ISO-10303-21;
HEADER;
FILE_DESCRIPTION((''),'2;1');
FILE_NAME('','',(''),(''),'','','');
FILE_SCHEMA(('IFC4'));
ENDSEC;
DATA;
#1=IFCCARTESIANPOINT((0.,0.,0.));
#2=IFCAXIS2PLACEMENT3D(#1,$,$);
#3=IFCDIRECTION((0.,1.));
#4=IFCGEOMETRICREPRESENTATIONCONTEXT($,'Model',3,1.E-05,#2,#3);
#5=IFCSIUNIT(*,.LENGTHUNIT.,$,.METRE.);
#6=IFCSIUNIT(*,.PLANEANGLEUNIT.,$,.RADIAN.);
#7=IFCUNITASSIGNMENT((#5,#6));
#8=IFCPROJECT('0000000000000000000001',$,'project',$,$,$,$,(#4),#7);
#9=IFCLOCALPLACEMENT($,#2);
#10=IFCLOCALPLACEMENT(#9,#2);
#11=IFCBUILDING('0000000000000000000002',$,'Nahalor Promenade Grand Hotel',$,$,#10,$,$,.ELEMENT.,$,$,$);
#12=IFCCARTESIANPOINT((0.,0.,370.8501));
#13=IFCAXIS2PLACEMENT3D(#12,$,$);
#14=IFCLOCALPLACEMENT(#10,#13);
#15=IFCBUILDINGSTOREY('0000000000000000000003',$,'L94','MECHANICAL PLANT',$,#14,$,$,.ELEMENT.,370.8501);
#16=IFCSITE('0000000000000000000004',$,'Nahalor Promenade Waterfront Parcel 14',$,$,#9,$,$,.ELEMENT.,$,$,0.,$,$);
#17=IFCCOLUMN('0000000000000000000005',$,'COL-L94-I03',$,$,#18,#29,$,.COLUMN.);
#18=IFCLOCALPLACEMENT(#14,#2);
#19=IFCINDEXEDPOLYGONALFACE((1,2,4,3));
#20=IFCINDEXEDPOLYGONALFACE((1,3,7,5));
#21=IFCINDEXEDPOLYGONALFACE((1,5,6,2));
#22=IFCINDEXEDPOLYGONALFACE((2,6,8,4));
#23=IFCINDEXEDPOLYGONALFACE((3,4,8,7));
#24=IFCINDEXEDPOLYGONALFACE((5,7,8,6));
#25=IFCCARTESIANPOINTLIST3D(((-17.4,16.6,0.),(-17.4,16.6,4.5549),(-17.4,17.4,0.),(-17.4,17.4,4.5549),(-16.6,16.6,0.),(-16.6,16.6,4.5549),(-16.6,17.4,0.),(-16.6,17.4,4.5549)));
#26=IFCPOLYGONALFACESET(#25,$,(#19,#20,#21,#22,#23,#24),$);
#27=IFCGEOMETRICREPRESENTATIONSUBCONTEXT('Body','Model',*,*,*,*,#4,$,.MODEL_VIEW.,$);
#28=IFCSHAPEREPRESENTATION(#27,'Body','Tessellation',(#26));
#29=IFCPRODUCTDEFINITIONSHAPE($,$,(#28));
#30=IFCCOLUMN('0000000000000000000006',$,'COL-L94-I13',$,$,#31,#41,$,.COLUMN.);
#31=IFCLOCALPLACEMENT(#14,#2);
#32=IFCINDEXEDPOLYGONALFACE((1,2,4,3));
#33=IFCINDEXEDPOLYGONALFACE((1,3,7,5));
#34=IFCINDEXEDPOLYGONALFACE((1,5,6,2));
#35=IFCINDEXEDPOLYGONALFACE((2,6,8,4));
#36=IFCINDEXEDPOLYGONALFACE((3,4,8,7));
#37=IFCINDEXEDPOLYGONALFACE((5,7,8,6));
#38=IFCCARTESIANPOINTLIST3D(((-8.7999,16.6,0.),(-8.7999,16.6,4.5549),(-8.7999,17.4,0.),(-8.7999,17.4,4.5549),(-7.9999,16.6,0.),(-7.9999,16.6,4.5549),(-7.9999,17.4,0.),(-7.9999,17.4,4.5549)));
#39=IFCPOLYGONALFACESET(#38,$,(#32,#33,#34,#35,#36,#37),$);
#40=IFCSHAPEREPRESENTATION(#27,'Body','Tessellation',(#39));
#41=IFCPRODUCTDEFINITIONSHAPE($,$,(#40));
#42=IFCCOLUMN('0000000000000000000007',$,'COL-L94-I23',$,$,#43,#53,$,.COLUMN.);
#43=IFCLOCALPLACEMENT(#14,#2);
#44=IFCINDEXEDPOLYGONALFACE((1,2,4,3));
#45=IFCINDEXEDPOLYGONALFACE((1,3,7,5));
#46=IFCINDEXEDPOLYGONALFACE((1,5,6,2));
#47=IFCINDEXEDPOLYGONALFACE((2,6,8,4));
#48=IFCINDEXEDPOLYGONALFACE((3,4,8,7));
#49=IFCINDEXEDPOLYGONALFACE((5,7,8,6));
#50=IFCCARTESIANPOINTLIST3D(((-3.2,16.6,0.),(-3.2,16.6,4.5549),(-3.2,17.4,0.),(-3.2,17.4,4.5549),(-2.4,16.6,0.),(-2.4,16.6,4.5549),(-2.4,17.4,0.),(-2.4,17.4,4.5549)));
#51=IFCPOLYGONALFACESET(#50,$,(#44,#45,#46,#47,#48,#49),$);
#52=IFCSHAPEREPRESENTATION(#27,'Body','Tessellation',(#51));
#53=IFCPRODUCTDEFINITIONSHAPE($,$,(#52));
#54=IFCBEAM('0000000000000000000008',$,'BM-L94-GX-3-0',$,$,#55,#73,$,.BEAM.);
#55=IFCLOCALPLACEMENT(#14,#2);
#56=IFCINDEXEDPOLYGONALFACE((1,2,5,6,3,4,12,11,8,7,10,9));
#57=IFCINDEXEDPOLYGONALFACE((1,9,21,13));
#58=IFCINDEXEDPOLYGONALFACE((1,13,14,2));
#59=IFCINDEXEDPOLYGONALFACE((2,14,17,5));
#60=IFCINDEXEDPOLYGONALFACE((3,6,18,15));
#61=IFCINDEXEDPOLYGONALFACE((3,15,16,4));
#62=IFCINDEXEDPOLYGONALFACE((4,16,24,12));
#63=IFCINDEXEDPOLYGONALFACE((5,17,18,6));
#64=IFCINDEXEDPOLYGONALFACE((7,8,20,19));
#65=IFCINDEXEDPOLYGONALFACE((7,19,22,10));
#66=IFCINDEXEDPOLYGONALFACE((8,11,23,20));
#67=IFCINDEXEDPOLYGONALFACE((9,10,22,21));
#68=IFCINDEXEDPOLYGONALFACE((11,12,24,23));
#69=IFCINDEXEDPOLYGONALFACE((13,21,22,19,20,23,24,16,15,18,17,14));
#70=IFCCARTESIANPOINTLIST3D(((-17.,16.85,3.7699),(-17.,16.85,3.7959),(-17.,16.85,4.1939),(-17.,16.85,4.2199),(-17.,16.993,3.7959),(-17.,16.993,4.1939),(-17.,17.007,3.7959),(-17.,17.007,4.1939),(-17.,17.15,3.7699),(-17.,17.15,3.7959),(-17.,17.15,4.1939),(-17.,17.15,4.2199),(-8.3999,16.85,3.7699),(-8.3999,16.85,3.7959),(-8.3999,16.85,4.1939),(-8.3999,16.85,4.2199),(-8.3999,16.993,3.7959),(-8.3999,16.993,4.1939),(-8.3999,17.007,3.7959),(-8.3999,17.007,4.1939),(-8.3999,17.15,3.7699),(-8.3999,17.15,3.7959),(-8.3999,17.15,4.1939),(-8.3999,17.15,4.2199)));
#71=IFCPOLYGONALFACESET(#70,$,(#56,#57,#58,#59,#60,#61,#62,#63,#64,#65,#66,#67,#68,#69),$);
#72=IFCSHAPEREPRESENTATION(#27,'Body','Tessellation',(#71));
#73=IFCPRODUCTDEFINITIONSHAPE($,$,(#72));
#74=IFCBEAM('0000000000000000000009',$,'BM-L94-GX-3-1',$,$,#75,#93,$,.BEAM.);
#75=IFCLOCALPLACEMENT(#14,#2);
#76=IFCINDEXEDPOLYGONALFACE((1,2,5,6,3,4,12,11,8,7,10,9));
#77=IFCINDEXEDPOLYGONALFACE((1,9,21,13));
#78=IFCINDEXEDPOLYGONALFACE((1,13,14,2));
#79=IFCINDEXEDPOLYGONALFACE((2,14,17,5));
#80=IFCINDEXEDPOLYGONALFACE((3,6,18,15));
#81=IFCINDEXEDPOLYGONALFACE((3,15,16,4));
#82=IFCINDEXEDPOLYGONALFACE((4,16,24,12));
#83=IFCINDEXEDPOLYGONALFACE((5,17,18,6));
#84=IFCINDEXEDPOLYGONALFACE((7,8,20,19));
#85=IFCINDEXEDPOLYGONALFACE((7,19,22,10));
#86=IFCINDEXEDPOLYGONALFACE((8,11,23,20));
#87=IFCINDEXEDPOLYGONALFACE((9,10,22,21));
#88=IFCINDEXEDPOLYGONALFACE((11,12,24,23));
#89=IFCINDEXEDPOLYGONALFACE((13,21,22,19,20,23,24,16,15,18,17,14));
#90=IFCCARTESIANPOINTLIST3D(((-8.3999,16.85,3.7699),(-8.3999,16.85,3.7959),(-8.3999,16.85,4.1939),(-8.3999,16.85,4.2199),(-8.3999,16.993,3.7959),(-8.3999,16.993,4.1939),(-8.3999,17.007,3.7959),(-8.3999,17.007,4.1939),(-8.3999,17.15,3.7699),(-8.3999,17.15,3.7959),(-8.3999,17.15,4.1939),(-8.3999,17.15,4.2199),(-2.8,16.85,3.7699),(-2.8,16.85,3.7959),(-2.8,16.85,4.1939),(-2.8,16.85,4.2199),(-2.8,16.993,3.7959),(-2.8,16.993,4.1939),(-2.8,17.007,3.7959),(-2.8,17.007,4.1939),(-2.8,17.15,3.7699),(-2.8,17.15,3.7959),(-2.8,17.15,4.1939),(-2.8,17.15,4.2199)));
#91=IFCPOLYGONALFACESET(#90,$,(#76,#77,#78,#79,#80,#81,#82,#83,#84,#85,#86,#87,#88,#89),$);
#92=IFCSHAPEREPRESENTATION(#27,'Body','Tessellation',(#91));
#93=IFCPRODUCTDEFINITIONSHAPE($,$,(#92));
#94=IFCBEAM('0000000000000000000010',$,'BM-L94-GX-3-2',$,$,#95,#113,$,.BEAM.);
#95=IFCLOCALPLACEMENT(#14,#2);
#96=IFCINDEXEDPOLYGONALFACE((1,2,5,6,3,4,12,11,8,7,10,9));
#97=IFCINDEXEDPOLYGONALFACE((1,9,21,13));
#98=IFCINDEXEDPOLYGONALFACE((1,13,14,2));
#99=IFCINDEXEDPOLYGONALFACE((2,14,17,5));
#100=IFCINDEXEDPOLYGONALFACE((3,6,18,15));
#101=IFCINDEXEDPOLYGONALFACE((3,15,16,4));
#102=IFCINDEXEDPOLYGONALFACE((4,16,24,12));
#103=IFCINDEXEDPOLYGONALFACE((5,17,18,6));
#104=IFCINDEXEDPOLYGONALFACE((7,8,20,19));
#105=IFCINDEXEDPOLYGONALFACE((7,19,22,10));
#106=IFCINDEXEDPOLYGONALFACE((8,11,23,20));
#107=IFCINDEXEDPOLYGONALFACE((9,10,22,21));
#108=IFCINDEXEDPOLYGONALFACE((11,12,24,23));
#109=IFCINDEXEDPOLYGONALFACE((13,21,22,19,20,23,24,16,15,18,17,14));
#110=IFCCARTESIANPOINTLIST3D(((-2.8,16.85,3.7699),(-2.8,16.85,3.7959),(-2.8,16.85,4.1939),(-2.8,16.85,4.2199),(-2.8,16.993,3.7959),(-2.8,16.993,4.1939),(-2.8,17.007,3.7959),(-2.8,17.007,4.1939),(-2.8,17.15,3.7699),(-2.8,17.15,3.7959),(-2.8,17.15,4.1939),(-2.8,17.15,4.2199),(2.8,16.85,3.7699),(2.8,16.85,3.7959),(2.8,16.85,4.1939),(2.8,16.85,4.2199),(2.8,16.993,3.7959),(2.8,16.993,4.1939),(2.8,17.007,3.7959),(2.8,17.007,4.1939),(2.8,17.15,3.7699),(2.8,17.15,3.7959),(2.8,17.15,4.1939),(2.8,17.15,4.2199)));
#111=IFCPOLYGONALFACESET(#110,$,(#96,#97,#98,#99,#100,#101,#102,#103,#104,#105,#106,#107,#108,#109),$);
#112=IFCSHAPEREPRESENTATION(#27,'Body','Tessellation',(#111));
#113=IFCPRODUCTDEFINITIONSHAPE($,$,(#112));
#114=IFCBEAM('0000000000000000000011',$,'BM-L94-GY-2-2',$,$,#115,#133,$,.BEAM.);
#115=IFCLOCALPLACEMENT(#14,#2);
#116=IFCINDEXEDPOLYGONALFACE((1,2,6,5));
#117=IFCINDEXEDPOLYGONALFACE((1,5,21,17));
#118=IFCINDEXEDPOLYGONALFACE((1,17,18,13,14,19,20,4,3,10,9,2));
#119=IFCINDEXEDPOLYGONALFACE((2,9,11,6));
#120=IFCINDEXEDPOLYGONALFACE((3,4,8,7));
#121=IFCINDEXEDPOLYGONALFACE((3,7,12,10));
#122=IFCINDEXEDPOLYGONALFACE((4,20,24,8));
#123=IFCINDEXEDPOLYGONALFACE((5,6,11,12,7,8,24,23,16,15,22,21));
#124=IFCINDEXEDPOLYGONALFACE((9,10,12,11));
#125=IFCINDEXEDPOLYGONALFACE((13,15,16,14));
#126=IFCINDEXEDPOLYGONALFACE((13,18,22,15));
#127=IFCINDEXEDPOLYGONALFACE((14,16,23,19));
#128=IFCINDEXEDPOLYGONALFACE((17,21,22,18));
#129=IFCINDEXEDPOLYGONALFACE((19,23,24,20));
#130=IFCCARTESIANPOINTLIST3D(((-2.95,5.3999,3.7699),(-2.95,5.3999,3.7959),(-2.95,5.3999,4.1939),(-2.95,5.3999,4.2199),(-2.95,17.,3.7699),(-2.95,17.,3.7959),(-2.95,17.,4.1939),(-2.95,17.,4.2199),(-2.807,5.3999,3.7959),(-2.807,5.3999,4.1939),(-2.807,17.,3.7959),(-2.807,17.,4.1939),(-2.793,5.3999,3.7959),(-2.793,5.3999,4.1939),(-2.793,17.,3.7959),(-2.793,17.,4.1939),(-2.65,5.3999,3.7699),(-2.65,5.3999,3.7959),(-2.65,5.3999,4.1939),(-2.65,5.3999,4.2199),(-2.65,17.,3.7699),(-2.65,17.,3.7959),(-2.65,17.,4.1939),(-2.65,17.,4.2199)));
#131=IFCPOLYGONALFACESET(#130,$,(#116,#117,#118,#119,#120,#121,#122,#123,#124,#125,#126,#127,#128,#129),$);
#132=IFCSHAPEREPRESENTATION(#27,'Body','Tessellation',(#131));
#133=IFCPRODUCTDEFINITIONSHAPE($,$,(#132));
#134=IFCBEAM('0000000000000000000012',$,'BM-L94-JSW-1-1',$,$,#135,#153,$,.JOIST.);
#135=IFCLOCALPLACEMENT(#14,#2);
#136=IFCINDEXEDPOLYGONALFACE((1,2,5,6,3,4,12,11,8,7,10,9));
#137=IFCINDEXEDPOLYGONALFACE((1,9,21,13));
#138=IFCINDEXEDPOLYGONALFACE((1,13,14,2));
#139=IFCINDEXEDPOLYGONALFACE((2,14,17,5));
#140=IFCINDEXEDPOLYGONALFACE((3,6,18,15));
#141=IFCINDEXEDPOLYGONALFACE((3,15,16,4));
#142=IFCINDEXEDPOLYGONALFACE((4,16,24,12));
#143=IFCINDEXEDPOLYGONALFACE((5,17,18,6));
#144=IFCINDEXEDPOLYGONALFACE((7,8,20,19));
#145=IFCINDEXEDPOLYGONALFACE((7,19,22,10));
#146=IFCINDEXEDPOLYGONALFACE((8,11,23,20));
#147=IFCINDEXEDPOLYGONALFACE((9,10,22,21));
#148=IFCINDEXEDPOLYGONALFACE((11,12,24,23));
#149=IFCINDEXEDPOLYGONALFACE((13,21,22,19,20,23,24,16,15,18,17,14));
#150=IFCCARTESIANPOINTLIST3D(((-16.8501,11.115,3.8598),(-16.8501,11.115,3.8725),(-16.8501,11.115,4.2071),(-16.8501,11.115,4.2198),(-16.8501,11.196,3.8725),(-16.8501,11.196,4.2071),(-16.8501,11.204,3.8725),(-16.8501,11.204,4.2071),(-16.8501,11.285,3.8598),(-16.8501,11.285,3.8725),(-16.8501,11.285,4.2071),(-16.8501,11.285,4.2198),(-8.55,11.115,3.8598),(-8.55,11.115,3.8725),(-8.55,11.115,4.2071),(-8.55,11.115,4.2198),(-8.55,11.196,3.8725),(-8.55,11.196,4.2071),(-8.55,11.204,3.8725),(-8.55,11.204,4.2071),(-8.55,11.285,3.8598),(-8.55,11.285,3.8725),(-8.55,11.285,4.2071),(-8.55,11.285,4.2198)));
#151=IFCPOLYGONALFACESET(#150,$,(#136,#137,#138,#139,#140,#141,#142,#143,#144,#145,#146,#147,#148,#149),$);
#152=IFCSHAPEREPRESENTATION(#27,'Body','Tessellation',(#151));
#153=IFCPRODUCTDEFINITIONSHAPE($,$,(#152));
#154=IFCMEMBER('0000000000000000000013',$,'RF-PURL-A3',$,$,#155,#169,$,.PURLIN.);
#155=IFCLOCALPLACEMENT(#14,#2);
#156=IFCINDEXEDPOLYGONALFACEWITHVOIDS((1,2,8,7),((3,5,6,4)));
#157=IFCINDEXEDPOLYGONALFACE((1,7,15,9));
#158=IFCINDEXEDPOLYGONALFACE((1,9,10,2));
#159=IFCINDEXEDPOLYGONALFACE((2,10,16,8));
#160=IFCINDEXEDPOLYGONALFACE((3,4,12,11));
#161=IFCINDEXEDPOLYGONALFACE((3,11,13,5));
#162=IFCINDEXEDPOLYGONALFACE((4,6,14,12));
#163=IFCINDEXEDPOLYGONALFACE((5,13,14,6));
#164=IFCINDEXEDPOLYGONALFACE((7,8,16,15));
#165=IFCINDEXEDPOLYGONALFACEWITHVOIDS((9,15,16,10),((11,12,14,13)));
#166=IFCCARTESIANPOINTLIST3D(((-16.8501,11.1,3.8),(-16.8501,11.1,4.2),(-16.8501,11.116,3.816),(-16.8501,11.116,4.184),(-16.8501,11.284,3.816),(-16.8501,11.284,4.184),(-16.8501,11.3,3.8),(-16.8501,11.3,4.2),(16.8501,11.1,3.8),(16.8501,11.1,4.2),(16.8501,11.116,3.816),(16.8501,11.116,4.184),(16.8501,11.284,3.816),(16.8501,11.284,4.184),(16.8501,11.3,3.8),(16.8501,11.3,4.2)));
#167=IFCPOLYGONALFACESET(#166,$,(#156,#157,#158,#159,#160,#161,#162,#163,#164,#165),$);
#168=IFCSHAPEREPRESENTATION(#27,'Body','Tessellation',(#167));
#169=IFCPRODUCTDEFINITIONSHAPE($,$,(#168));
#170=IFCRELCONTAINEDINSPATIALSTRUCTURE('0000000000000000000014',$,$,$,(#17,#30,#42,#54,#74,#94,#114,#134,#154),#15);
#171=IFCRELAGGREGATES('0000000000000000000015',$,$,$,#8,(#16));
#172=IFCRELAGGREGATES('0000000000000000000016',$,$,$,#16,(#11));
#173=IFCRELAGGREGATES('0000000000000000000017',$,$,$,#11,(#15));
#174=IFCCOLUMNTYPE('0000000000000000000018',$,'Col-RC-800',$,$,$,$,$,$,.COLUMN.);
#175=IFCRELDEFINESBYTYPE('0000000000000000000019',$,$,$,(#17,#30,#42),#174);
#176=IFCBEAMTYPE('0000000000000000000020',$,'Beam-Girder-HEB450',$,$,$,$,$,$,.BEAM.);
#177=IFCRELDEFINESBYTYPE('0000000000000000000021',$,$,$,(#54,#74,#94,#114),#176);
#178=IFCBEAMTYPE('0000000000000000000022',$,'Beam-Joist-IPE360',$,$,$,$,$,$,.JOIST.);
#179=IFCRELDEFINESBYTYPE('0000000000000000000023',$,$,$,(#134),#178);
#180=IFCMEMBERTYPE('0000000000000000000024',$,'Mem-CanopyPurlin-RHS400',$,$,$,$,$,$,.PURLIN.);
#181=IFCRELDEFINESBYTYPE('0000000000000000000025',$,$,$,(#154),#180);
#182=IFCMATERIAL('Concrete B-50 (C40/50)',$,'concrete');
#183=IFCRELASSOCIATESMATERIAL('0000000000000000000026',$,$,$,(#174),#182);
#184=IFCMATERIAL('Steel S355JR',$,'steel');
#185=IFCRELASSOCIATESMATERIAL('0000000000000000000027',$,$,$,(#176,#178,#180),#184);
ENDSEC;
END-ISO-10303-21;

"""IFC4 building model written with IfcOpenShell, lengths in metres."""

from ifc_helpers import new_model, si_unit, direction, frame, origin, origin_2d, place, context, subcontext, project, spatial, rectangle, hollow_rectangle, i_section, extrude, source, transform, mapped, material, material_profile, profile_set, type_object, element, save


model = new_model("IFC4")

# Units and contexts
model_context = context("Model", 3, precision=1e-05, world=origin(), true_north=direction((0.0, 1.0)))
body_context = subcontext(model_context, "Body", "Model", "MODEL_VIEW")
ifc_project = project(units=[si_unit("LENGTHUNIT", "METRE"), si_unit("PLANEANGLEUNIT", "RADIAN")], contexts=[model_context])

# Site, building, storey
site_placement = place(None, origin())
site = spatial("IfcSite", under=ifc_project, at=site_placement, Name="Nahalor Promenade Waterfront Parcel 14", CompositionType="ELEMENT", RefElevation=0.0)
building_placement = place(site_placement, origin())
building = spatial("IfcBuilding", under=site, at=building_placement, Name="Nahalor Promenade Grand Hotel", CompositionType="ELEMENT")
storey_placement = place(building_placement, frame((0.0, 0.0, 370.8501)))
storey = spatial("IfcBuildingStorey", under=building, at=storey_placement, Name="L94", Description="MECHANICAL PLANT", CompositionType="ELEMENT", Elevation=370.8501)

# Columns
ifc_material_1 = material(Name="Concrete B-50 (C40/50)", Category="concrete")
ifc_material_profile_1 = material_profile(ifc_material_1, rectangle(XDim=0.8, YDim=0.8, at=origin_2d()), Name="RC 800x800")
ifc_profile_set_1 = profile_set([ifc_material_profile_1], Name="Concrete B-50 (C40/50)")
column_type = type_object("IfcColumnType", Name="Col-RC-800", PredefinedType="COLUMN", material=ifc_profile_set_1)
shared_shape_1 = source(origin(), body_context, "Body", "SweptSolid", [
    extrude(rectangle(XDim=0.8, YDim=0.8, at=origin_2d()), origin(), (0.0, 0.0, 1.0), 4.5549),
])
for number, where, z_axis, x_axis, name in (
    (1, (-17.0, 17.0, 0.0), (0.0, 0.0, 1.0), (1.0, 0.0, 0.0), "COL-L94-I03"),
    (2, (-8.3999, 17.0, 0.0), (0.0, 0.0, 1.0), (1.0, 0.0, 0.0), "COL-L94-I13"),
    (3, (-2.8, 17.0, 0.0), (0.0, 0.0, 1.0), (1.0, 0.0, 0.0), "COL-L94-I23"),
):
    element("IfcColumn", number, at=place(storey_placement, frame(where, z_axis=z_axis, x_axis=x_axis)), inside=storey, type_object=column_type, Name=name, PredefinedType="COLUMN", context=body_context, shape_type="MappedRepresentation", body=[
        mapped(shared_shape_1, transform((0.0, 0.0, 0.0), scale=1.0)),
    ])

# Beams
ifc_material_2 = material(Name="Steel S355JR", Category="steel")
ifc_material_profile_2 = material_profile(ifc_material_2, i_section(OverallWidth=0.3, OverallDepth=0.45, WebThickness=0.014, FlangeThickness=0.026, at=origin_2d()), Name="HEB 450")
ifc_profile_set_2 = profile_set([ifc_material_profile_2], Name="Steel S355JR")
beam_type_1 = type_object("IfcBeamType", Name="Beam-Girder-HEB450", PredefinedType="BEAM", material=ifc_profile_set_2)
shared_shape_2 = source(origin(), body_context, "Body", "SweptSolid", [
    extrude(i_section(OverallWidth=0.3, OverallDepth=0.45, WebThickness=0.014, FlangeThickness=0.026, at=origin_2d()), origin(), (0.0, 0.0, 1.0), 8.6001),
])
beam_1_placement = place(storey_placement, frame((-17.0, 17.0, 3.9949), z_axis=(1.0, 0.0, 0.0), x_axis=(0.0, 1.0, 0.0)))
element("IfcBeam", 4, at=beam_1_placement, inside=storey, type_object=beam_type_1, Name="BM-L94-GX-3-0", PredefinedType="BEAM", context=body_context, shape_type="MappedRepresentation", body=[
    mapped(shared_shape_2, transform((0.0, 0.0, 0.0), scale=1.0)),
])
shared_shape_3 = source(origin(), body_context, "Body", "SweptSolid", [
    extrude(i_section(OverallWidth=0.3, OverallDepth=0.45, WebThickness=0.014, FlangeThickness=0.026, at=origin_2d()), origin(), (0.0, 0.0, 1.0), 5.5999),
])
beam_2_placement = place(storey_placement, frame((-8.3999, 17.0, 3.9949), z_axis=(1.0, 0.0, 0.0), x_axis=(0.0, 1.0, 0.0)))
element("IfcBeam", 5, at=beam_2_placement, inside=storey, type_object=beam_type_1, Name="BM-L94-GX-3-1", PredefinedType="BEAM", context=body_context, shape_type="MappedRepresentation", body=[
    mapped(shared_shape_3, transform((0.0, 0.0, 0.0), scale=1.0)),
])
shared_shape_4 = source(origin(), body_context, "Body", "SweptSolid", [
    extrude(i_section(OverallWidth=0.3, OverallDepth=0.45, WebThickness=0.014, FlangeThickness=0.026, at=origin_2d()), origin(), (0.0, 0.0, 1.0), 5.6001),
])
beam_3_placement = place(storey_placement, frame((-2.8, 17.0, 3.9949), z_axis=(1.0, 0.0, 0.0), x_axis=(0.0, 1.0, 0.0)))
element("IfcBeam", 6, at=beam_3_placement, inside=storey, type_object=beam_type_1, Name="BM-L94-GX-3-2", PredefinedType="BEAM", context=body_context, shape_type="MappedRepresentation", body=[
    mapped(shared_shape_4, transform((0.0, 0.0, 0.0), scale=1.0)),
])
shared_shape_5 = source(origin(), body_context, "Body", "SweptSolid", [
    extrude(i_section(OverallWidth=0.3, OverallDepth=0.45, WebThickness=0.014, FlangeThickness=0.026, at=origin_2d()), origin(), (0.0, 0.0, 1.0), 11.6001),
])
beam_4_placement = place(storey_placement, frame((-2.8, 5.3999, 3.9949), z_axis=(0.0, 1.0, 0.0), x_axis=(-1.0, 0.0, 0.0)))
element("IfcBeam", 7, at=beam_4_placement, inside=storey, type_object=beam_type_1, Name="BM-L94-GY-2-2", PredefinedType="BEAM", context=body_context, shape_type="MappedRepresentation", body=[
    mapped(shared_shape_5, transform((0.0, 0.0, 0.0), scale=1.0)),
])
ifc_material_profile_3 = material_profile(ifc_material_2, i_section(OverallWidth=0.17, OverallDepth=0.36, WebThickness=0.008, FlangeThickness=0.0127, at=origin_2d()), Name="IPE 360")
ifc_profile_set_3 = profile_set([ifc_material_profile_3], Name="Steel S355JR")
beam_type_2 = type_object("IfcBeamType", Name="Beam-Joist-IPE360", PredefinedType="JOIST", material=ifc_profile_set_3)
shared_shape_6 = source(origin(), body_context, "Body", "SweptSolid", [
    extrude(i_section(OverallWidth=0.17, OverallDepth=0.36, WebThickness=0.008, FlangeThickness=0.0127, at=origin_2d()), origin(), (0.0, 0.0, 1.0), 8.3),
])
beam_5_placement = place(storey_placement, frame((-16.8501, 11.2, 4.0398), z_axis=(1.0, 0.0, 0.0), x_axis=(0.0, 1.0, 0.0)))
element("IfcBeam", 8, at=beam_5_placement, inside=storey, type_object=beam_type_2, Name="BM-L94-JSW-1-1", PredefinedType="JOIST", context=body_context, shape_type="MappedRepresentation", body=[
    mapped(shared_shape_6, transform((0.0, 0.0, 0.0), scale=1.0)),
])

# Member
ifc_material_profile_4 = material_profile(ifc_material_2, hollow_rectangle(XDim=0.2, YDim=0.4, WallThickness=0.016, at=origin_2d()), Name="RHS 400x200x16")
ifc_profile_set_4 = profile_set([ifc_material_profile_4], Name="Steel S355JR")
member_type_1 = type_object("IfcMemberType", Name="Mem-CanopyPurlin-RHS400", PredefinedType="PURLIN", material=ifc_profile_set_4)
shared_shape_7 = source(origin(), body_context, "Body", "SweptSolid", [
    extrude(hollow_rectangle(XDim=0.2, YDim=0.4, WallThickness=0.016, at=origin_2d()), origin(), (0.0, 0.0, 1.0), 33.7002),
])
member_1_placement = place(storey_placement, frame((-16.8501, 11.2, 4.0), z_axis=(1.0, 0.0, 0.0), x_axis=(0.0, 1.0, 0.0)))
element("IfcMember", 9, at=member_1_placement, inside=storey, type_object=member_type_1, Name="RF-PURL-A3", PredefinedType="PURLIN", context=body_context, shape_type="MappedRepresentation", body=[
    mapped(shared_shape_7, transform((0.0, 0.0, 0.0), scale=1.0)),
])

save(model, "model.ifc")
